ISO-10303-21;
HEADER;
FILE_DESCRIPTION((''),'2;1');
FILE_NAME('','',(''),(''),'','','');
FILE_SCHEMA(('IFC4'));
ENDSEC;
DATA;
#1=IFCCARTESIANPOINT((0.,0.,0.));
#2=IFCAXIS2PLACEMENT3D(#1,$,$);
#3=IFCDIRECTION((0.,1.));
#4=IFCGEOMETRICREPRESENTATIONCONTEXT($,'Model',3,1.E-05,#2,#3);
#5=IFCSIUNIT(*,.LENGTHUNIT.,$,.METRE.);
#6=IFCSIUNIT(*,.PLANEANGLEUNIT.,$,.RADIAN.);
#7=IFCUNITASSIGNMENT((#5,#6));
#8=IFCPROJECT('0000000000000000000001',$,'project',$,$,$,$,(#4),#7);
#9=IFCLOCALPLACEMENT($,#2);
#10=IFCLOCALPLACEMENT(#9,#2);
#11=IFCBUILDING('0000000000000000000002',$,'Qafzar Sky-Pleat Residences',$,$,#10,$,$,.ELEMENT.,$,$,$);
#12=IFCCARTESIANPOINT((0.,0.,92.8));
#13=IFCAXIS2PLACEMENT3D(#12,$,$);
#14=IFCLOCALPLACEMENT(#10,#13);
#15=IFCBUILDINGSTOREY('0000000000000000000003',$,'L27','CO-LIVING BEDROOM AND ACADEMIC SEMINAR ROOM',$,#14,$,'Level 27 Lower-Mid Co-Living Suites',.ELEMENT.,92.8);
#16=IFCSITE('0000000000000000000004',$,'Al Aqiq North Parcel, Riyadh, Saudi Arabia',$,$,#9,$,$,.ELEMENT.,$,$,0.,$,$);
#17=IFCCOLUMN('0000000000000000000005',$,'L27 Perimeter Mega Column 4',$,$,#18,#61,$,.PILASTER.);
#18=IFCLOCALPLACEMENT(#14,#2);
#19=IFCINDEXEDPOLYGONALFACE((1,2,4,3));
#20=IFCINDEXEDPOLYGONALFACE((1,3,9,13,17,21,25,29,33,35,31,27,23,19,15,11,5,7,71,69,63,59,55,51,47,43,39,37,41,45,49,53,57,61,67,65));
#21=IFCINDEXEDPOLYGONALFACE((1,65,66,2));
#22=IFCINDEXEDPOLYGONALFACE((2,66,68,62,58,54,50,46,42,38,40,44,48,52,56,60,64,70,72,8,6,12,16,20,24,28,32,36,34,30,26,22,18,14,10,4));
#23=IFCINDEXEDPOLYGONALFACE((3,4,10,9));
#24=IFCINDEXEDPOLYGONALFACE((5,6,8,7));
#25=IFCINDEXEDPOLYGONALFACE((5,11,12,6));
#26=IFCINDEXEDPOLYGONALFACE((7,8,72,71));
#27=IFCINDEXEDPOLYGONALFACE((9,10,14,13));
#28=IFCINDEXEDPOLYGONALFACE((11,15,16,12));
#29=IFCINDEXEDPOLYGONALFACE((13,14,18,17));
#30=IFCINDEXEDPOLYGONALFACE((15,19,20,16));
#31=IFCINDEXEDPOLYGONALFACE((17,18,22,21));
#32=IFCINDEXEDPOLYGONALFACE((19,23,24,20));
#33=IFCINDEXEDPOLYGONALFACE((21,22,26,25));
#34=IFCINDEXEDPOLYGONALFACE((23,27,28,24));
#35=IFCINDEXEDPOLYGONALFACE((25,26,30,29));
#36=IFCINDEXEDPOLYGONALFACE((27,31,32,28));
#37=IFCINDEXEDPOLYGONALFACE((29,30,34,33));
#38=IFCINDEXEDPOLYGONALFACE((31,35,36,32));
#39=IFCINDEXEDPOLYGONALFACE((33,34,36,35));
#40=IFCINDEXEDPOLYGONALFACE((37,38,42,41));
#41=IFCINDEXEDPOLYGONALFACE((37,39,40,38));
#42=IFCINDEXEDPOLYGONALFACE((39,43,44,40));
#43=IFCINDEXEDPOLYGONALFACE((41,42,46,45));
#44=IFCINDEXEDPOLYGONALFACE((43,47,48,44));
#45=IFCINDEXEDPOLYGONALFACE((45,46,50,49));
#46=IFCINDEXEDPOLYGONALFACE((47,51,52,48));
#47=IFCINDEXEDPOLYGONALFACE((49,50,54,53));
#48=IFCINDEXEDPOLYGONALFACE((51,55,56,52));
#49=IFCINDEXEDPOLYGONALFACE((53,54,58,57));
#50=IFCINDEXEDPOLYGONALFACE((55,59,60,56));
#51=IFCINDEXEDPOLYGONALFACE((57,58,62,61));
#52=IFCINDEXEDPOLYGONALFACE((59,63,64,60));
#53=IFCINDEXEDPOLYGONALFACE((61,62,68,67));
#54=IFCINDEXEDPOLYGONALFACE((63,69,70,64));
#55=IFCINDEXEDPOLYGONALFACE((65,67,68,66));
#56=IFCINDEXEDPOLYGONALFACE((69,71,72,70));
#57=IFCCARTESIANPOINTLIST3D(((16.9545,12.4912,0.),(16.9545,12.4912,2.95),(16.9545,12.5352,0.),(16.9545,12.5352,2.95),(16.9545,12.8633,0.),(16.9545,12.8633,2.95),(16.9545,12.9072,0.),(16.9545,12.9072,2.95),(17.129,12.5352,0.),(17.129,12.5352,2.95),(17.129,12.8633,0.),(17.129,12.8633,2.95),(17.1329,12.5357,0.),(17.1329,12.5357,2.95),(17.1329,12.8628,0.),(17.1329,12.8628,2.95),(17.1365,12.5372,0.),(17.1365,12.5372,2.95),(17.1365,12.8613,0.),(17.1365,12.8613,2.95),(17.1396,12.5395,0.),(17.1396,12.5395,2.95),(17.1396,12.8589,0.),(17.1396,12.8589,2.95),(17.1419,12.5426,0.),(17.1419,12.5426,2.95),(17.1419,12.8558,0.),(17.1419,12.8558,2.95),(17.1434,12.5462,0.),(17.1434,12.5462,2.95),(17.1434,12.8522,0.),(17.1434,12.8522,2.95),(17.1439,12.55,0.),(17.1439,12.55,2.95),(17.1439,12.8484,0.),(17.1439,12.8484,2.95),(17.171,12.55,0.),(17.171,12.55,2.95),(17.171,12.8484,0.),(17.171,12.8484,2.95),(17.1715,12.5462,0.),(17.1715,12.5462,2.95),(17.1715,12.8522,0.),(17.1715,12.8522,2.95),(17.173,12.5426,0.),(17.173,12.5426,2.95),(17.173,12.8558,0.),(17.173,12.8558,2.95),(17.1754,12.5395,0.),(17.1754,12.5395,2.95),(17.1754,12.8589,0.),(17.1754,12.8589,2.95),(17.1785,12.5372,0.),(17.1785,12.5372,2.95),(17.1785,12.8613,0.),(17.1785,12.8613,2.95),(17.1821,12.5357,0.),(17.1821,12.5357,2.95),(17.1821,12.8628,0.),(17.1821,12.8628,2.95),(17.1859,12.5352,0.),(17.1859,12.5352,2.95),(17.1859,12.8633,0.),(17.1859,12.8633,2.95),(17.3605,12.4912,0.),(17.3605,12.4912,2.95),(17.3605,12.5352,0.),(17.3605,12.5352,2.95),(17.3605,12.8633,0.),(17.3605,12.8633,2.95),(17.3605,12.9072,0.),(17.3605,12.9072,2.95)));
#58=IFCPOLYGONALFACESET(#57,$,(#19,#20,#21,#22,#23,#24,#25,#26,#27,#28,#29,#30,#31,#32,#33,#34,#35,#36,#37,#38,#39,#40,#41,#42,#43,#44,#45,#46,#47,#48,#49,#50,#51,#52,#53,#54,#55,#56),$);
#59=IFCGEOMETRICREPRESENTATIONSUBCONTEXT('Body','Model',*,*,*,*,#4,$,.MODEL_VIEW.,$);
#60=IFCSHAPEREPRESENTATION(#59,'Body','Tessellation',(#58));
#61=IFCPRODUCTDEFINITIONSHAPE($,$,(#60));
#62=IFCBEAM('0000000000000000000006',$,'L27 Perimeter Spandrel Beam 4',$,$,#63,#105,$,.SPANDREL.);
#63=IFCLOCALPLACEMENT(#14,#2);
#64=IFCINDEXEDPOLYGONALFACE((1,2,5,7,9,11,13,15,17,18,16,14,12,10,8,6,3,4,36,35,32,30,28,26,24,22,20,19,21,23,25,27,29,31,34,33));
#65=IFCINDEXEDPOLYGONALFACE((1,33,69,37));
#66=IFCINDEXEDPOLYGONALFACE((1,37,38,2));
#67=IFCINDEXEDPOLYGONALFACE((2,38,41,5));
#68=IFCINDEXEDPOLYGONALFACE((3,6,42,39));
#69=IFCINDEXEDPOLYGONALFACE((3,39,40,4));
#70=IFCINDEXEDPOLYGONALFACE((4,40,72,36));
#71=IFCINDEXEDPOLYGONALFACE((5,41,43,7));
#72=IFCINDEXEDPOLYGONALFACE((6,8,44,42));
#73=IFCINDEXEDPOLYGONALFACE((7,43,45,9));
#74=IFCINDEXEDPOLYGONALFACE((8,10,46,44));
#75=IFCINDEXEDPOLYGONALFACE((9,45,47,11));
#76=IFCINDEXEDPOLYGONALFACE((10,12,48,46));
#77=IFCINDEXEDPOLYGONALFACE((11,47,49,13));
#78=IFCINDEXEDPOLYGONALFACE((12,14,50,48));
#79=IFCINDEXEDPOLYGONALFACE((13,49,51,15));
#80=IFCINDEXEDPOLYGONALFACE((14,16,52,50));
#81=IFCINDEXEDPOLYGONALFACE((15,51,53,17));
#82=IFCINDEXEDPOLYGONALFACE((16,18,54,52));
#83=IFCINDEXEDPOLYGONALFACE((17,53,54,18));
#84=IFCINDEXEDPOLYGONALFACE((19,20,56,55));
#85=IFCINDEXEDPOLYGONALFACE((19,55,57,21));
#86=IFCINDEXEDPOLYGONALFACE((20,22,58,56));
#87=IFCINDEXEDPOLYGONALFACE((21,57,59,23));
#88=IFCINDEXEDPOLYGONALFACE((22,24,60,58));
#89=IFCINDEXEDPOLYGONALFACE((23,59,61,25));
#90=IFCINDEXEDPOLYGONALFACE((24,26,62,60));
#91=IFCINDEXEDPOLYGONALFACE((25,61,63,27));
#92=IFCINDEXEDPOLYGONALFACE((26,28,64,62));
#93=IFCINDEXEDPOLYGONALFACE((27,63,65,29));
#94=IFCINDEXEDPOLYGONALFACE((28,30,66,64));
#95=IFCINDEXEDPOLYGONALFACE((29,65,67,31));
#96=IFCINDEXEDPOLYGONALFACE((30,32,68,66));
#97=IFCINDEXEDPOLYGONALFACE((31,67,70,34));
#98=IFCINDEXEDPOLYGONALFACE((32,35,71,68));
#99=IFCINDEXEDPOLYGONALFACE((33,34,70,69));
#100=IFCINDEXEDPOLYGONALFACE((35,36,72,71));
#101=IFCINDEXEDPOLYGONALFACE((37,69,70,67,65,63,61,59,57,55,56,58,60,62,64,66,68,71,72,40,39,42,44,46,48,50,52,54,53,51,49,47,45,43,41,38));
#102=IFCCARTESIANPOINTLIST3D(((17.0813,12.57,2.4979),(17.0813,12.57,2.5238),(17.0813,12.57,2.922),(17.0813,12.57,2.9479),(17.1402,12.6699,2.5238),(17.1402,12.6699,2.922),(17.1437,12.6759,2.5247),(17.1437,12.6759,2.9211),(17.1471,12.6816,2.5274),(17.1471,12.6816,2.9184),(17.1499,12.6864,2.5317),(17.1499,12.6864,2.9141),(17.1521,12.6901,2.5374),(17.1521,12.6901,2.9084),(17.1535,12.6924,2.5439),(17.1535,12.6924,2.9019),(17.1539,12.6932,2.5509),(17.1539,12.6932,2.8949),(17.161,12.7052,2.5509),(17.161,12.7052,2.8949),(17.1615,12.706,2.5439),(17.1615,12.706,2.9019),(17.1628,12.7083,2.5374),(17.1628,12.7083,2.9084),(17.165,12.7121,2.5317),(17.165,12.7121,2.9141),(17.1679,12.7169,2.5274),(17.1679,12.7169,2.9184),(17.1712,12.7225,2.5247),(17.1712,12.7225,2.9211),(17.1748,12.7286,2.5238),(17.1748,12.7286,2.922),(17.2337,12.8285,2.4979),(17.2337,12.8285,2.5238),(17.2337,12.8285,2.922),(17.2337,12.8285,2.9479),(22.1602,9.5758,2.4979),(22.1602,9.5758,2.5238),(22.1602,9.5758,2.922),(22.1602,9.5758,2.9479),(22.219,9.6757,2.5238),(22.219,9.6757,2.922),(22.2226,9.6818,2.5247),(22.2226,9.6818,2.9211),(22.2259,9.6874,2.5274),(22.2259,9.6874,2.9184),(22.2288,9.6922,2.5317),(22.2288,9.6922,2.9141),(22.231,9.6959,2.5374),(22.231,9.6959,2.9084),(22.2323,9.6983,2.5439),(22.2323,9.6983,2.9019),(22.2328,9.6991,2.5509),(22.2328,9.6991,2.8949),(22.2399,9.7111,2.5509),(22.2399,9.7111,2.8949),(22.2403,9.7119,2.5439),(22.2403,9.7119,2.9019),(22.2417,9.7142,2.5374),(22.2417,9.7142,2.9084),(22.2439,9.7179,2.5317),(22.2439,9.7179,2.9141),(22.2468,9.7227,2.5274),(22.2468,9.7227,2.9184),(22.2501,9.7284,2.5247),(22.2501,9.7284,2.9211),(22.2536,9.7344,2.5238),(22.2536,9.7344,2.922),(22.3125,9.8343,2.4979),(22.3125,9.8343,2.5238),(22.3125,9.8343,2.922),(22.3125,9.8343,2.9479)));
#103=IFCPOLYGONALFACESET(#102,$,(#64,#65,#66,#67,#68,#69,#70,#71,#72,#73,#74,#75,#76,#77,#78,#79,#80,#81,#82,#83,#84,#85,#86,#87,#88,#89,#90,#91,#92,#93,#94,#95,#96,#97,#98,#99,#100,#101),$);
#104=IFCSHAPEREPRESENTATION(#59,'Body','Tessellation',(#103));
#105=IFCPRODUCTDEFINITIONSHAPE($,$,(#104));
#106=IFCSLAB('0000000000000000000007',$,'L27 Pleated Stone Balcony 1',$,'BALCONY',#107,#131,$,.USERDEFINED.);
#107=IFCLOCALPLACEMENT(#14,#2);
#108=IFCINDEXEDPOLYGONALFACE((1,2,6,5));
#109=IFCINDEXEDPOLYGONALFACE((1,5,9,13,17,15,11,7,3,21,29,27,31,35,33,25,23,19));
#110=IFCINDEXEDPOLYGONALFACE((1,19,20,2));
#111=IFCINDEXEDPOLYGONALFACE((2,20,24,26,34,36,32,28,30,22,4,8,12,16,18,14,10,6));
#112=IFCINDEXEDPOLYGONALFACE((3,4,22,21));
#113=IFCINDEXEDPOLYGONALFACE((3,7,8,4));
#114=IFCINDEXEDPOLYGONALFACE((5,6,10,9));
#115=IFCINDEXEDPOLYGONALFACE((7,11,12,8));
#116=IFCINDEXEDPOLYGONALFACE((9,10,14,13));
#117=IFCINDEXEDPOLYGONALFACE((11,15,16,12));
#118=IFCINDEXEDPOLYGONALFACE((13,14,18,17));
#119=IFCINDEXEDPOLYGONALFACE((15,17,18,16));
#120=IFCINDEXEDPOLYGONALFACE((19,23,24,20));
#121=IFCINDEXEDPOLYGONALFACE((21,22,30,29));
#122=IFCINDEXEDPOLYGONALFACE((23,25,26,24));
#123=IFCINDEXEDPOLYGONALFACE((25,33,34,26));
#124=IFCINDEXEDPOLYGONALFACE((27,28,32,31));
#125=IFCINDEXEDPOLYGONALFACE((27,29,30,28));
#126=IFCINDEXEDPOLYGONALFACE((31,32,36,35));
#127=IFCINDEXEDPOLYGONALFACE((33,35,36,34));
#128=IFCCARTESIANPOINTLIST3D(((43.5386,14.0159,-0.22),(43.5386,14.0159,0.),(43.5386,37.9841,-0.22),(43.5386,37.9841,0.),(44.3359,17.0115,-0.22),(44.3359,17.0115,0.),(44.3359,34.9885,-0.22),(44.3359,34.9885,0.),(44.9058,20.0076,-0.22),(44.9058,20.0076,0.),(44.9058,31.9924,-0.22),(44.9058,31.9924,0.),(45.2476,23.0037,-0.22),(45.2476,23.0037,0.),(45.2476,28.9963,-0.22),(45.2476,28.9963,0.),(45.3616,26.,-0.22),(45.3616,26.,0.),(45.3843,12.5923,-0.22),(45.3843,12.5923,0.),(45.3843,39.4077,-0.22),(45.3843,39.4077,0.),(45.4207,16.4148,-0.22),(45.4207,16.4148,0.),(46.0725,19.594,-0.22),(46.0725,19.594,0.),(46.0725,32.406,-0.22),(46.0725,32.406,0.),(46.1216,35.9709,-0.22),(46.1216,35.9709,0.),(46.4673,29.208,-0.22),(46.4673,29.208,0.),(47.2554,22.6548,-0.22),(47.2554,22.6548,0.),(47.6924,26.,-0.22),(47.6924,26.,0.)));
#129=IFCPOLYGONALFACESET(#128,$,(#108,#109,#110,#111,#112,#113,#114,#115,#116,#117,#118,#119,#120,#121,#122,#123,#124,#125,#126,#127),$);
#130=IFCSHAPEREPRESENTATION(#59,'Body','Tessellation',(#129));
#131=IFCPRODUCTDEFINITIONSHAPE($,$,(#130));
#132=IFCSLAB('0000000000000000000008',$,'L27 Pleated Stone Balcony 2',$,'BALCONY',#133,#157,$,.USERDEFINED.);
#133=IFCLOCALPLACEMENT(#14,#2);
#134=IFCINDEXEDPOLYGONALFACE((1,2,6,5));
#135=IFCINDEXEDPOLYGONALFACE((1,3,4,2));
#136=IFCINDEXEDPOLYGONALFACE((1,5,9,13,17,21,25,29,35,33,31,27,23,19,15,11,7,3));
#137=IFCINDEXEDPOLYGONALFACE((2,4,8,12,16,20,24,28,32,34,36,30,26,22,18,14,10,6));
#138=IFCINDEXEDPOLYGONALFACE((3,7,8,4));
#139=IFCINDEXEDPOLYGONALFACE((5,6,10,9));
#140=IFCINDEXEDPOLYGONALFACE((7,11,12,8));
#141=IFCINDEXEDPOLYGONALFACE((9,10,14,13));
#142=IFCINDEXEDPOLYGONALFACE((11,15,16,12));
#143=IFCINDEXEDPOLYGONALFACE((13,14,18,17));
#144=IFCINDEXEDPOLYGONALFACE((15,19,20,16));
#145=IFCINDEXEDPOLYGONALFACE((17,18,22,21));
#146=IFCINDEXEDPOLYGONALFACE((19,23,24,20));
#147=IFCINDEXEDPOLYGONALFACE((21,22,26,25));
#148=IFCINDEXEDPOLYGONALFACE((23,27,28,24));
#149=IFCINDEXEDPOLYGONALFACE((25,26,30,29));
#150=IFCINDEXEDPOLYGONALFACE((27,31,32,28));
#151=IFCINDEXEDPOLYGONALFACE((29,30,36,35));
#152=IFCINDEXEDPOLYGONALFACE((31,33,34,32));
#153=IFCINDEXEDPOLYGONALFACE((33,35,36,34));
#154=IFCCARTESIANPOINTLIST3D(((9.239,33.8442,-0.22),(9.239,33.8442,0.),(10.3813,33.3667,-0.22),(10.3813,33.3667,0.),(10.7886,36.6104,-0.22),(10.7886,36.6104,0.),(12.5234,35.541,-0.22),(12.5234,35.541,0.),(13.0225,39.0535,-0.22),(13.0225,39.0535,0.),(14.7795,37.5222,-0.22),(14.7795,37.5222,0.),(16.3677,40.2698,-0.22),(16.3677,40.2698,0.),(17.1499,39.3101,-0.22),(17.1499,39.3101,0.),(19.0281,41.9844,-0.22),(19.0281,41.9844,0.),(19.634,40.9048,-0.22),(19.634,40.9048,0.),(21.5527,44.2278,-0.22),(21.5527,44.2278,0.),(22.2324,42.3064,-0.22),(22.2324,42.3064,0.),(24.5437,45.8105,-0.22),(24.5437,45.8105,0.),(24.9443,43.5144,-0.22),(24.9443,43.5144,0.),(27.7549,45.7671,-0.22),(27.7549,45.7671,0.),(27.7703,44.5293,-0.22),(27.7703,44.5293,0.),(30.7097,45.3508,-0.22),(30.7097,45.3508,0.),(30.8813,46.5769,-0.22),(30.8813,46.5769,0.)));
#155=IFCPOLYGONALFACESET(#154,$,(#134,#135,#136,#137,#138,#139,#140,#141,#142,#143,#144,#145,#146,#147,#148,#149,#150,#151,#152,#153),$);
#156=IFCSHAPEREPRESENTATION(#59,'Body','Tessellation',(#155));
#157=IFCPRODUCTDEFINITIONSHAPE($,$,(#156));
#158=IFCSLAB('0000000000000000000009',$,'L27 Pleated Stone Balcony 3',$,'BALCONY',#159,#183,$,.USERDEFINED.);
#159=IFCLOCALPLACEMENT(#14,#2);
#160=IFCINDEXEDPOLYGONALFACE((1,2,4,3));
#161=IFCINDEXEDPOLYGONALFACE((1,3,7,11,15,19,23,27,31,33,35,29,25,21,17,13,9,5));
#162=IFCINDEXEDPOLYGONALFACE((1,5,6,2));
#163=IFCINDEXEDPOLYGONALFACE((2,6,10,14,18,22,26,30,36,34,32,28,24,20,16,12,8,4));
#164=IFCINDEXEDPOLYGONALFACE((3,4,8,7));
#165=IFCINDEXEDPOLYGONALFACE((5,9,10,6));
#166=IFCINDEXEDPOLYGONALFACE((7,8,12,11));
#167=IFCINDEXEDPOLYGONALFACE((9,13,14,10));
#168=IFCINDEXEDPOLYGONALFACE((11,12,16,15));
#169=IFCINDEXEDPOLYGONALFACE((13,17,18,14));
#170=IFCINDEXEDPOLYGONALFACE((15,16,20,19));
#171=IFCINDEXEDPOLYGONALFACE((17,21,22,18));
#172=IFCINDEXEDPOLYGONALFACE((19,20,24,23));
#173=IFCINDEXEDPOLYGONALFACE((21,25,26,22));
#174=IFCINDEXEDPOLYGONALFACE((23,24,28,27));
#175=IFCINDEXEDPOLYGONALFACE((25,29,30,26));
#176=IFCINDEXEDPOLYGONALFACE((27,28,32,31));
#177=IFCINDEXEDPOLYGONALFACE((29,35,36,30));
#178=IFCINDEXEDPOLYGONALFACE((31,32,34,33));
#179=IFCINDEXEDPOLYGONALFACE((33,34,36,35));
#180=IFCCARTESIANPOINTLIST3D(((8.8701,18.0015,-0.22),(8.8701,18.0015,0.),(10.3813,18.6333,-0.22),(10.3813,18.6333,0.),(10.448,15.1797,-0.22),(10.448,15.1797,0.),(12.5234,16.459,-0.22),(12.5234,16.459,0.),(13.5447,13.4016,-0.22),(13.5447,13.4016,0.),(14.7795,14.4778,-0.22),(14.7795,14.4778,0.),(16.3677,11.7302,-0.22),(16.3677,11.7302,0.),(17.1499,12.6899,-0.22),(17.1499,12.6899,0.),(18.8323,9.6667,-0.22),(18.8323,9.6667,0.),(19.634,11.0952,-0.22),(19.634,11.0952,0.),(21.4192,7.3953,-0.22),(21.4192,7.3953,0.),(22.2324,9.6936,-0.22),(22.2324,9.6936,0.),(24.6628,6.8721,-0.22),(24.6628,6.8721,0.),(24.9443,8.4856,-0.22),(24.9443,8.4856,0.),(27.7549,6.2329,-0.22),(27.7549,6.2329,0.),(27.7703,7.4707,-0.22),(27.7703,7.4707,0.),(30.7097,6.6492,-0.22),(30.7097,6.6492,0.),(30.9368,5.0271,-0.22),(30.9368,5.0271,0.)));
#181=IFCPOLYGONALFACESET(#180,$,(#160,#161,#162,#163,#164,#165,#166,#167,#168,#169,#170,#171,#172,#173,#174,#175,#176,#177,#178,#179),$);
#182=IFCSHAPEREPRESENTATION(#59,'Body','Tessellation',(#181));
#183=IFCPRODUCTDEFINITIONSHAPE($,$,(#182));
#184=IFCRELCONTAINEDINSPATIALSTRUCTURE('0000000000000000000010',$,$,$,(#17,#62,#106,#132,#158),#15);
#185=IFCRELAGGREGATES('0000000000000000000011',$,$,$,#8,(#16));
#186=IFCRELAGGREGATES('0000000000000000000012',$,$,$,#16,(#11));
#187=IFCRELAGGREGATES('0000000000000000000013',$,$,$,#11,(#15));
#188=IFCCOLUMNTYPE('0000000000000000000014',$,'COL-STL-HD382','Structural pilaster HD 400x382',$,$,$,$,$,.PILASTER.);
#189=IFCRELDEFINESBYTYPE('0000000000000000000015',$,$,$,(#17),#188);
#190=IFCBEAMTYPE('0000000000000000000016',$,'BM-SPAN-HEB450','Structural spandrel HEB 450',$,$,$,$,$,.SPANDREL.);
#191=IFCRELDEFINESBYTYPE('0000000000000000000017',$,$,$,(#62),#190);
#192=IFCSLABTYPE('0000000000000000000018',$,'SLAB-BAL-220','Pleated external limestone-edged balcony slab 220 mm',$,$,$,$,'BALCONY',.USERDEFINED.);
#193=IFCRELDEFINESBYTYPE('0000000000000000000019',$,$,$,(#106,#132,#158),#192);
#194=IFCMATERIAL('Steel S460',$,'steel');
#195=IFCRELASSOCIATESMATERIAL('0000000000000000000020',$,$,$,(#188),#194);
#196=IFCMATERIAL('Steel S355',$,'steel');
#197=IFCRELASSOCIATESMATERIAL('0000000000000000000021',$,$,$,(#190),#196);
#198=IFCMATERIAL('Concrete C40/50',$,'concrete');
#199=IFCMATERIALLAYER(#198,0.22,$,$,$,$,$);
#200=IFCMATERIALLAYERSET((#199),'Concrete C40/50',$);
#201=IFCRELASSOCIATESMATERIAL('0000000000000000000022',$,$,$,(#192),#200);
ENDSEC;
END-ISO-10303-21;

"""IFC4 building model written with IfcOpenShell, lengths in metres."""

from ifc_helpers import new_model, si_unit, direction, frame, origin, origin_2d, place, context, subcontext, project, spatial, polyline, i_section, outline, extrude, source, transform, mapped, material, layer, layer_set, material_profile, profile_set, type_object, element, save


model = new_model("IFC4")

# Units and contexts
model_context = context("Model", 3, precision=1e-05, world=origin(), true_north=direction((0.0, 1.0)))
body_context = subcontext(model_context, "Body", "Model", "MODEL_VIEW")
ifc_project = project(units=[si_unit("LENGTHUNIT", "METRE"), si_unit("PLANEANGLEUNIT", "RADIAN")], contexts=[model_context])

# Site, building, storey
site_placement = place(None, origin())
site = spatial("IfcSite", under=ifc_project, at=site_placement, Name="Al Aqiq North Parcel, Riyadh, Saudi Arabia", CompositionType="ELEMENT", RefElevation=0.0)
building_placement = place(site_placement, origin())
building = spatial("IfcBuilding", under=site, at=building_placement, Name="Qafzar Sky-Pleat Residences", CompositionType="ELEMENT")
storey_placement = place(building_placement, frame((0.0, 0.0, 92.8)))
storey = spatial("IfcBuildingStorey", under=building, at=storey_placement, Name="L27", Description="CO-LIVING BEDROOM AND ACADEMIC SEMINAR ROOM", LongName="Level 27 Lower-Mid Co-Living Suites", CompositionType="ELEMENT", Elevation=92.8)

# Column
ifc_material_1 = material(Name="Steel S460", Category="steel")
ifc_material_profile_1 = material_profile(ifc_material_1, i_section(OverallWidth=0.406, OverallDepth=0.416, WebThickness=0.0271, FlangeThickness=0.0439, FilletRadius=0.0149, at=origin_2d()), Name="HD 400x382")
ifc_profile_set_1 = profile_set([ifc_material_profile_1], Name="Steel S460")
column_type = type_object("IfcColumnType", Name="COL-STL-HD382", Description="Structural pilaster HD 400x382", PredefinedType="PILASTER", material=ifc_profile_set_1)
shared_shape_1 = source(origin(), body_context, "Body", "SweptSolid", [
    extrude(i_section(OverallWidth=0.406, OverallDepth=0.416, WebThickness=0.0271, FlangeThickness=0.0439, FilletRadius=0.0149, at=origin_2d()), origin(), (0.0, 0.0, 1.0), 2.95),
])
column_placement = place(storey_placement, frame((17.1575, 12.6992, 0.0), z_axis=(0.0, 0.0, 1.0), x_axis=(1.0, 0.0, 0.0)))
element("IfcColumn", 1, at=column_placement, inside=storey, type_object=column_type, Name="L27 Perimeter Mega Column 4", PredefinedType="PILASTER", context=body_context, shape_type="MappedRepresentation", body=[
    mapped(shared_shape_1, transform((0.0, 0.0, 0.0), x_axis=(1.0, 0.0, 0.0), y_axis=(0.0, 1.0, 0.0), z_axis=(0.0, 0.0, 1.0), scale=1.0)),
])

# Beam
ifc_material_2 = material(Name="Steel S355", Category="steel")
ifc_material_profile_2 = material_profile(ifc_material_2, i_section(OverallWidth=0.3, OverallDepth=0.45, WebThickness=0.0139, FlangeThickness=0.0259, FilletRadius=0.0271, at=origin_2d()), Name="HEB 450")
ifc_profile_set_2 = profile_set([ifc_material_profile_2], Name="Steel S355")
beam_type = type_object("IfcBeamType", Name="BM-SPAN-HEB450", Description="Structural spandrel HEB 450", PredefinedType="SPANDREL", material=ifc_profile_set_2)
shared_shape_2 = source(origin(), body_context, "Body", "SweptSolid", [
    extrude(i_section(OverallWidth=0.3, OverallDepth=0.45, WebThickness=0.0139, FlangeThickness=0.0259, FilletRadius=0.0271, at=origin_2d()), origin(), (0.0, 0.0, 1.0), 5.8958),
])
beam_placement = place(storey_placement, frame((17.1575, 12.6992, 2.7229), z_axis=(0.861446, -0.507849, 0.0), x_axis=(0.507849, 0.861446, 0.0)))
element("IfcBeam", 2, at=beam_placement, inside=storey, type_object=beam_type, Name="L27 Perimeter Spandrel Beam 4", PredefinedType="SPANDREL", context=body_context, shape_type="MappedRepresentation", body=[
    mapped(shared_shape_2, transform((0.0, 0.0, 0.0), x_axis=(1.0, 0.0, 0.0), y_axis=(0.0, 1.0, 0.0), z_axis=(0.0, 0.0, 1.0), scale=1.0)),
])

# Slabs
ifc_material_3 = material(Name="Concrete C40/50", Category="concrete")
ifc_layer_1 = layer(ifc_material_3, 0.22)
ifc_layer_set_1 = layer_set([ifc_layer_1], Name="Concrete C40/50")
slab_type_1 = type_object("IfcSlabType", Name="SLAB-BAL-220", Description="Pleated external limestone-edged balcony slab 220 mm", ElementType="BALCONY", PredefinedType="USERDEFINED", material=ifc_layer_set_1)
slab_1_placement = place(storey_placement, frame((0.0, 0.0, -0.22)))
element("IfcSlab", 3, at=slab_1_placement, inside=storey, type_object=slab_type_1, Name="L27 Pleated Stone Balcony 1", ObjectType="BALCONY", PredefinedType="USERDEFINED", context=body_context, shape_type="SweptSolid", body=[
    extrude(outline(polyline([(44.3359, 17.0115), (44.9058, 20.0076), (45.2476, 23.0037), (45.3616, 26.0), (45.2476, 28.9963), (44.9058, 31.9924), (44.3359, 34.9885), (43.5386, 37.9841), (45.3843, 39.4077), (46.1216, 35.9709), (46.0725, 32.406), (46.4673, 29.208), (47.6924, 26.0), (47.2554, 22.6548), (46.0725, 19.594), (45.4207, 16.4148), (45.3843, 12.5923), (43.5386, 14.0159), (44.3359, 17.0115)])), origin(), (0.0, 0.0, 1.0), 0.22),
])
slab_2_placement = place(storey_placement, frame((0.0, 0.0, -0.22)))
element("IfcSlab", 4, at=slab_2_placement, inside=storey, type_object=slab_type_1, Name="L27 Pleated Stone Balcony 2", ObjectType="BALCONY", PredefinedType="USERDEFINED", context=body_context, shape_type="SweptSolid", body=[
    extrude(outline(polyline([(27.7703, 44.5293), (24.9443, 43.5144), (22.2324, 42.3064), (19.634, 40.9048), (17.1499, 39.3101), (14.7795, 37.5222), (12.5234, 35.541), (10.3813, 33.3667), (9.239, 33.8442), (10.7886, 36.6104), (13.0225, 39.0535), (16.3677, 40.2698), (19.0281, 41.9844), (21.5527, 44.2278), (24.5437, 45.8105), (27.7549, 45.7671), (30.8813, 46.5769), (30.7097, 45.3508), (27.7703, 44.5293)])), origin(), (0.0, 0.0, 1.0), 0.22),
])
slab_3_placement = place(storey_placement, frame((0.0, 0.0, -0.22)))
element("IfcSlab", 5, at=slab_3_placement, inside=storey, type_object=slab_type_1, Name="L27 Pleated Stone Balcony 3", ObjectType="BALCONY", PredefinedType="USERDEFINED", context=body_context, shape_type="SweptSolid", body=[
    extrude(outline(polyline([(12.5234, 16.459), (14.7795, 14.4778), (17.1499, 12.6899), (19.634, 11.0952), (22.2324, 9.6936), (24.9443, 8.4856), (27.7703, 7.4707), (30.7097, 6.6492), (30.9368, 5.0271), (27.7549, 6.2329), (24.6628, 6.8721), (21.4192, 7.3953), (18.8323, 9.6667), (16.3677, 11.7302), (13.5447, 13.4016), (10.448, 15.1797), (8.8701, 18.0015), (10.3813, 18.6333), (12.5234, 16.459)])), origin(), (0.0, 0.0, 1.0), 0.22),
])

save(model, "model.ifc")
